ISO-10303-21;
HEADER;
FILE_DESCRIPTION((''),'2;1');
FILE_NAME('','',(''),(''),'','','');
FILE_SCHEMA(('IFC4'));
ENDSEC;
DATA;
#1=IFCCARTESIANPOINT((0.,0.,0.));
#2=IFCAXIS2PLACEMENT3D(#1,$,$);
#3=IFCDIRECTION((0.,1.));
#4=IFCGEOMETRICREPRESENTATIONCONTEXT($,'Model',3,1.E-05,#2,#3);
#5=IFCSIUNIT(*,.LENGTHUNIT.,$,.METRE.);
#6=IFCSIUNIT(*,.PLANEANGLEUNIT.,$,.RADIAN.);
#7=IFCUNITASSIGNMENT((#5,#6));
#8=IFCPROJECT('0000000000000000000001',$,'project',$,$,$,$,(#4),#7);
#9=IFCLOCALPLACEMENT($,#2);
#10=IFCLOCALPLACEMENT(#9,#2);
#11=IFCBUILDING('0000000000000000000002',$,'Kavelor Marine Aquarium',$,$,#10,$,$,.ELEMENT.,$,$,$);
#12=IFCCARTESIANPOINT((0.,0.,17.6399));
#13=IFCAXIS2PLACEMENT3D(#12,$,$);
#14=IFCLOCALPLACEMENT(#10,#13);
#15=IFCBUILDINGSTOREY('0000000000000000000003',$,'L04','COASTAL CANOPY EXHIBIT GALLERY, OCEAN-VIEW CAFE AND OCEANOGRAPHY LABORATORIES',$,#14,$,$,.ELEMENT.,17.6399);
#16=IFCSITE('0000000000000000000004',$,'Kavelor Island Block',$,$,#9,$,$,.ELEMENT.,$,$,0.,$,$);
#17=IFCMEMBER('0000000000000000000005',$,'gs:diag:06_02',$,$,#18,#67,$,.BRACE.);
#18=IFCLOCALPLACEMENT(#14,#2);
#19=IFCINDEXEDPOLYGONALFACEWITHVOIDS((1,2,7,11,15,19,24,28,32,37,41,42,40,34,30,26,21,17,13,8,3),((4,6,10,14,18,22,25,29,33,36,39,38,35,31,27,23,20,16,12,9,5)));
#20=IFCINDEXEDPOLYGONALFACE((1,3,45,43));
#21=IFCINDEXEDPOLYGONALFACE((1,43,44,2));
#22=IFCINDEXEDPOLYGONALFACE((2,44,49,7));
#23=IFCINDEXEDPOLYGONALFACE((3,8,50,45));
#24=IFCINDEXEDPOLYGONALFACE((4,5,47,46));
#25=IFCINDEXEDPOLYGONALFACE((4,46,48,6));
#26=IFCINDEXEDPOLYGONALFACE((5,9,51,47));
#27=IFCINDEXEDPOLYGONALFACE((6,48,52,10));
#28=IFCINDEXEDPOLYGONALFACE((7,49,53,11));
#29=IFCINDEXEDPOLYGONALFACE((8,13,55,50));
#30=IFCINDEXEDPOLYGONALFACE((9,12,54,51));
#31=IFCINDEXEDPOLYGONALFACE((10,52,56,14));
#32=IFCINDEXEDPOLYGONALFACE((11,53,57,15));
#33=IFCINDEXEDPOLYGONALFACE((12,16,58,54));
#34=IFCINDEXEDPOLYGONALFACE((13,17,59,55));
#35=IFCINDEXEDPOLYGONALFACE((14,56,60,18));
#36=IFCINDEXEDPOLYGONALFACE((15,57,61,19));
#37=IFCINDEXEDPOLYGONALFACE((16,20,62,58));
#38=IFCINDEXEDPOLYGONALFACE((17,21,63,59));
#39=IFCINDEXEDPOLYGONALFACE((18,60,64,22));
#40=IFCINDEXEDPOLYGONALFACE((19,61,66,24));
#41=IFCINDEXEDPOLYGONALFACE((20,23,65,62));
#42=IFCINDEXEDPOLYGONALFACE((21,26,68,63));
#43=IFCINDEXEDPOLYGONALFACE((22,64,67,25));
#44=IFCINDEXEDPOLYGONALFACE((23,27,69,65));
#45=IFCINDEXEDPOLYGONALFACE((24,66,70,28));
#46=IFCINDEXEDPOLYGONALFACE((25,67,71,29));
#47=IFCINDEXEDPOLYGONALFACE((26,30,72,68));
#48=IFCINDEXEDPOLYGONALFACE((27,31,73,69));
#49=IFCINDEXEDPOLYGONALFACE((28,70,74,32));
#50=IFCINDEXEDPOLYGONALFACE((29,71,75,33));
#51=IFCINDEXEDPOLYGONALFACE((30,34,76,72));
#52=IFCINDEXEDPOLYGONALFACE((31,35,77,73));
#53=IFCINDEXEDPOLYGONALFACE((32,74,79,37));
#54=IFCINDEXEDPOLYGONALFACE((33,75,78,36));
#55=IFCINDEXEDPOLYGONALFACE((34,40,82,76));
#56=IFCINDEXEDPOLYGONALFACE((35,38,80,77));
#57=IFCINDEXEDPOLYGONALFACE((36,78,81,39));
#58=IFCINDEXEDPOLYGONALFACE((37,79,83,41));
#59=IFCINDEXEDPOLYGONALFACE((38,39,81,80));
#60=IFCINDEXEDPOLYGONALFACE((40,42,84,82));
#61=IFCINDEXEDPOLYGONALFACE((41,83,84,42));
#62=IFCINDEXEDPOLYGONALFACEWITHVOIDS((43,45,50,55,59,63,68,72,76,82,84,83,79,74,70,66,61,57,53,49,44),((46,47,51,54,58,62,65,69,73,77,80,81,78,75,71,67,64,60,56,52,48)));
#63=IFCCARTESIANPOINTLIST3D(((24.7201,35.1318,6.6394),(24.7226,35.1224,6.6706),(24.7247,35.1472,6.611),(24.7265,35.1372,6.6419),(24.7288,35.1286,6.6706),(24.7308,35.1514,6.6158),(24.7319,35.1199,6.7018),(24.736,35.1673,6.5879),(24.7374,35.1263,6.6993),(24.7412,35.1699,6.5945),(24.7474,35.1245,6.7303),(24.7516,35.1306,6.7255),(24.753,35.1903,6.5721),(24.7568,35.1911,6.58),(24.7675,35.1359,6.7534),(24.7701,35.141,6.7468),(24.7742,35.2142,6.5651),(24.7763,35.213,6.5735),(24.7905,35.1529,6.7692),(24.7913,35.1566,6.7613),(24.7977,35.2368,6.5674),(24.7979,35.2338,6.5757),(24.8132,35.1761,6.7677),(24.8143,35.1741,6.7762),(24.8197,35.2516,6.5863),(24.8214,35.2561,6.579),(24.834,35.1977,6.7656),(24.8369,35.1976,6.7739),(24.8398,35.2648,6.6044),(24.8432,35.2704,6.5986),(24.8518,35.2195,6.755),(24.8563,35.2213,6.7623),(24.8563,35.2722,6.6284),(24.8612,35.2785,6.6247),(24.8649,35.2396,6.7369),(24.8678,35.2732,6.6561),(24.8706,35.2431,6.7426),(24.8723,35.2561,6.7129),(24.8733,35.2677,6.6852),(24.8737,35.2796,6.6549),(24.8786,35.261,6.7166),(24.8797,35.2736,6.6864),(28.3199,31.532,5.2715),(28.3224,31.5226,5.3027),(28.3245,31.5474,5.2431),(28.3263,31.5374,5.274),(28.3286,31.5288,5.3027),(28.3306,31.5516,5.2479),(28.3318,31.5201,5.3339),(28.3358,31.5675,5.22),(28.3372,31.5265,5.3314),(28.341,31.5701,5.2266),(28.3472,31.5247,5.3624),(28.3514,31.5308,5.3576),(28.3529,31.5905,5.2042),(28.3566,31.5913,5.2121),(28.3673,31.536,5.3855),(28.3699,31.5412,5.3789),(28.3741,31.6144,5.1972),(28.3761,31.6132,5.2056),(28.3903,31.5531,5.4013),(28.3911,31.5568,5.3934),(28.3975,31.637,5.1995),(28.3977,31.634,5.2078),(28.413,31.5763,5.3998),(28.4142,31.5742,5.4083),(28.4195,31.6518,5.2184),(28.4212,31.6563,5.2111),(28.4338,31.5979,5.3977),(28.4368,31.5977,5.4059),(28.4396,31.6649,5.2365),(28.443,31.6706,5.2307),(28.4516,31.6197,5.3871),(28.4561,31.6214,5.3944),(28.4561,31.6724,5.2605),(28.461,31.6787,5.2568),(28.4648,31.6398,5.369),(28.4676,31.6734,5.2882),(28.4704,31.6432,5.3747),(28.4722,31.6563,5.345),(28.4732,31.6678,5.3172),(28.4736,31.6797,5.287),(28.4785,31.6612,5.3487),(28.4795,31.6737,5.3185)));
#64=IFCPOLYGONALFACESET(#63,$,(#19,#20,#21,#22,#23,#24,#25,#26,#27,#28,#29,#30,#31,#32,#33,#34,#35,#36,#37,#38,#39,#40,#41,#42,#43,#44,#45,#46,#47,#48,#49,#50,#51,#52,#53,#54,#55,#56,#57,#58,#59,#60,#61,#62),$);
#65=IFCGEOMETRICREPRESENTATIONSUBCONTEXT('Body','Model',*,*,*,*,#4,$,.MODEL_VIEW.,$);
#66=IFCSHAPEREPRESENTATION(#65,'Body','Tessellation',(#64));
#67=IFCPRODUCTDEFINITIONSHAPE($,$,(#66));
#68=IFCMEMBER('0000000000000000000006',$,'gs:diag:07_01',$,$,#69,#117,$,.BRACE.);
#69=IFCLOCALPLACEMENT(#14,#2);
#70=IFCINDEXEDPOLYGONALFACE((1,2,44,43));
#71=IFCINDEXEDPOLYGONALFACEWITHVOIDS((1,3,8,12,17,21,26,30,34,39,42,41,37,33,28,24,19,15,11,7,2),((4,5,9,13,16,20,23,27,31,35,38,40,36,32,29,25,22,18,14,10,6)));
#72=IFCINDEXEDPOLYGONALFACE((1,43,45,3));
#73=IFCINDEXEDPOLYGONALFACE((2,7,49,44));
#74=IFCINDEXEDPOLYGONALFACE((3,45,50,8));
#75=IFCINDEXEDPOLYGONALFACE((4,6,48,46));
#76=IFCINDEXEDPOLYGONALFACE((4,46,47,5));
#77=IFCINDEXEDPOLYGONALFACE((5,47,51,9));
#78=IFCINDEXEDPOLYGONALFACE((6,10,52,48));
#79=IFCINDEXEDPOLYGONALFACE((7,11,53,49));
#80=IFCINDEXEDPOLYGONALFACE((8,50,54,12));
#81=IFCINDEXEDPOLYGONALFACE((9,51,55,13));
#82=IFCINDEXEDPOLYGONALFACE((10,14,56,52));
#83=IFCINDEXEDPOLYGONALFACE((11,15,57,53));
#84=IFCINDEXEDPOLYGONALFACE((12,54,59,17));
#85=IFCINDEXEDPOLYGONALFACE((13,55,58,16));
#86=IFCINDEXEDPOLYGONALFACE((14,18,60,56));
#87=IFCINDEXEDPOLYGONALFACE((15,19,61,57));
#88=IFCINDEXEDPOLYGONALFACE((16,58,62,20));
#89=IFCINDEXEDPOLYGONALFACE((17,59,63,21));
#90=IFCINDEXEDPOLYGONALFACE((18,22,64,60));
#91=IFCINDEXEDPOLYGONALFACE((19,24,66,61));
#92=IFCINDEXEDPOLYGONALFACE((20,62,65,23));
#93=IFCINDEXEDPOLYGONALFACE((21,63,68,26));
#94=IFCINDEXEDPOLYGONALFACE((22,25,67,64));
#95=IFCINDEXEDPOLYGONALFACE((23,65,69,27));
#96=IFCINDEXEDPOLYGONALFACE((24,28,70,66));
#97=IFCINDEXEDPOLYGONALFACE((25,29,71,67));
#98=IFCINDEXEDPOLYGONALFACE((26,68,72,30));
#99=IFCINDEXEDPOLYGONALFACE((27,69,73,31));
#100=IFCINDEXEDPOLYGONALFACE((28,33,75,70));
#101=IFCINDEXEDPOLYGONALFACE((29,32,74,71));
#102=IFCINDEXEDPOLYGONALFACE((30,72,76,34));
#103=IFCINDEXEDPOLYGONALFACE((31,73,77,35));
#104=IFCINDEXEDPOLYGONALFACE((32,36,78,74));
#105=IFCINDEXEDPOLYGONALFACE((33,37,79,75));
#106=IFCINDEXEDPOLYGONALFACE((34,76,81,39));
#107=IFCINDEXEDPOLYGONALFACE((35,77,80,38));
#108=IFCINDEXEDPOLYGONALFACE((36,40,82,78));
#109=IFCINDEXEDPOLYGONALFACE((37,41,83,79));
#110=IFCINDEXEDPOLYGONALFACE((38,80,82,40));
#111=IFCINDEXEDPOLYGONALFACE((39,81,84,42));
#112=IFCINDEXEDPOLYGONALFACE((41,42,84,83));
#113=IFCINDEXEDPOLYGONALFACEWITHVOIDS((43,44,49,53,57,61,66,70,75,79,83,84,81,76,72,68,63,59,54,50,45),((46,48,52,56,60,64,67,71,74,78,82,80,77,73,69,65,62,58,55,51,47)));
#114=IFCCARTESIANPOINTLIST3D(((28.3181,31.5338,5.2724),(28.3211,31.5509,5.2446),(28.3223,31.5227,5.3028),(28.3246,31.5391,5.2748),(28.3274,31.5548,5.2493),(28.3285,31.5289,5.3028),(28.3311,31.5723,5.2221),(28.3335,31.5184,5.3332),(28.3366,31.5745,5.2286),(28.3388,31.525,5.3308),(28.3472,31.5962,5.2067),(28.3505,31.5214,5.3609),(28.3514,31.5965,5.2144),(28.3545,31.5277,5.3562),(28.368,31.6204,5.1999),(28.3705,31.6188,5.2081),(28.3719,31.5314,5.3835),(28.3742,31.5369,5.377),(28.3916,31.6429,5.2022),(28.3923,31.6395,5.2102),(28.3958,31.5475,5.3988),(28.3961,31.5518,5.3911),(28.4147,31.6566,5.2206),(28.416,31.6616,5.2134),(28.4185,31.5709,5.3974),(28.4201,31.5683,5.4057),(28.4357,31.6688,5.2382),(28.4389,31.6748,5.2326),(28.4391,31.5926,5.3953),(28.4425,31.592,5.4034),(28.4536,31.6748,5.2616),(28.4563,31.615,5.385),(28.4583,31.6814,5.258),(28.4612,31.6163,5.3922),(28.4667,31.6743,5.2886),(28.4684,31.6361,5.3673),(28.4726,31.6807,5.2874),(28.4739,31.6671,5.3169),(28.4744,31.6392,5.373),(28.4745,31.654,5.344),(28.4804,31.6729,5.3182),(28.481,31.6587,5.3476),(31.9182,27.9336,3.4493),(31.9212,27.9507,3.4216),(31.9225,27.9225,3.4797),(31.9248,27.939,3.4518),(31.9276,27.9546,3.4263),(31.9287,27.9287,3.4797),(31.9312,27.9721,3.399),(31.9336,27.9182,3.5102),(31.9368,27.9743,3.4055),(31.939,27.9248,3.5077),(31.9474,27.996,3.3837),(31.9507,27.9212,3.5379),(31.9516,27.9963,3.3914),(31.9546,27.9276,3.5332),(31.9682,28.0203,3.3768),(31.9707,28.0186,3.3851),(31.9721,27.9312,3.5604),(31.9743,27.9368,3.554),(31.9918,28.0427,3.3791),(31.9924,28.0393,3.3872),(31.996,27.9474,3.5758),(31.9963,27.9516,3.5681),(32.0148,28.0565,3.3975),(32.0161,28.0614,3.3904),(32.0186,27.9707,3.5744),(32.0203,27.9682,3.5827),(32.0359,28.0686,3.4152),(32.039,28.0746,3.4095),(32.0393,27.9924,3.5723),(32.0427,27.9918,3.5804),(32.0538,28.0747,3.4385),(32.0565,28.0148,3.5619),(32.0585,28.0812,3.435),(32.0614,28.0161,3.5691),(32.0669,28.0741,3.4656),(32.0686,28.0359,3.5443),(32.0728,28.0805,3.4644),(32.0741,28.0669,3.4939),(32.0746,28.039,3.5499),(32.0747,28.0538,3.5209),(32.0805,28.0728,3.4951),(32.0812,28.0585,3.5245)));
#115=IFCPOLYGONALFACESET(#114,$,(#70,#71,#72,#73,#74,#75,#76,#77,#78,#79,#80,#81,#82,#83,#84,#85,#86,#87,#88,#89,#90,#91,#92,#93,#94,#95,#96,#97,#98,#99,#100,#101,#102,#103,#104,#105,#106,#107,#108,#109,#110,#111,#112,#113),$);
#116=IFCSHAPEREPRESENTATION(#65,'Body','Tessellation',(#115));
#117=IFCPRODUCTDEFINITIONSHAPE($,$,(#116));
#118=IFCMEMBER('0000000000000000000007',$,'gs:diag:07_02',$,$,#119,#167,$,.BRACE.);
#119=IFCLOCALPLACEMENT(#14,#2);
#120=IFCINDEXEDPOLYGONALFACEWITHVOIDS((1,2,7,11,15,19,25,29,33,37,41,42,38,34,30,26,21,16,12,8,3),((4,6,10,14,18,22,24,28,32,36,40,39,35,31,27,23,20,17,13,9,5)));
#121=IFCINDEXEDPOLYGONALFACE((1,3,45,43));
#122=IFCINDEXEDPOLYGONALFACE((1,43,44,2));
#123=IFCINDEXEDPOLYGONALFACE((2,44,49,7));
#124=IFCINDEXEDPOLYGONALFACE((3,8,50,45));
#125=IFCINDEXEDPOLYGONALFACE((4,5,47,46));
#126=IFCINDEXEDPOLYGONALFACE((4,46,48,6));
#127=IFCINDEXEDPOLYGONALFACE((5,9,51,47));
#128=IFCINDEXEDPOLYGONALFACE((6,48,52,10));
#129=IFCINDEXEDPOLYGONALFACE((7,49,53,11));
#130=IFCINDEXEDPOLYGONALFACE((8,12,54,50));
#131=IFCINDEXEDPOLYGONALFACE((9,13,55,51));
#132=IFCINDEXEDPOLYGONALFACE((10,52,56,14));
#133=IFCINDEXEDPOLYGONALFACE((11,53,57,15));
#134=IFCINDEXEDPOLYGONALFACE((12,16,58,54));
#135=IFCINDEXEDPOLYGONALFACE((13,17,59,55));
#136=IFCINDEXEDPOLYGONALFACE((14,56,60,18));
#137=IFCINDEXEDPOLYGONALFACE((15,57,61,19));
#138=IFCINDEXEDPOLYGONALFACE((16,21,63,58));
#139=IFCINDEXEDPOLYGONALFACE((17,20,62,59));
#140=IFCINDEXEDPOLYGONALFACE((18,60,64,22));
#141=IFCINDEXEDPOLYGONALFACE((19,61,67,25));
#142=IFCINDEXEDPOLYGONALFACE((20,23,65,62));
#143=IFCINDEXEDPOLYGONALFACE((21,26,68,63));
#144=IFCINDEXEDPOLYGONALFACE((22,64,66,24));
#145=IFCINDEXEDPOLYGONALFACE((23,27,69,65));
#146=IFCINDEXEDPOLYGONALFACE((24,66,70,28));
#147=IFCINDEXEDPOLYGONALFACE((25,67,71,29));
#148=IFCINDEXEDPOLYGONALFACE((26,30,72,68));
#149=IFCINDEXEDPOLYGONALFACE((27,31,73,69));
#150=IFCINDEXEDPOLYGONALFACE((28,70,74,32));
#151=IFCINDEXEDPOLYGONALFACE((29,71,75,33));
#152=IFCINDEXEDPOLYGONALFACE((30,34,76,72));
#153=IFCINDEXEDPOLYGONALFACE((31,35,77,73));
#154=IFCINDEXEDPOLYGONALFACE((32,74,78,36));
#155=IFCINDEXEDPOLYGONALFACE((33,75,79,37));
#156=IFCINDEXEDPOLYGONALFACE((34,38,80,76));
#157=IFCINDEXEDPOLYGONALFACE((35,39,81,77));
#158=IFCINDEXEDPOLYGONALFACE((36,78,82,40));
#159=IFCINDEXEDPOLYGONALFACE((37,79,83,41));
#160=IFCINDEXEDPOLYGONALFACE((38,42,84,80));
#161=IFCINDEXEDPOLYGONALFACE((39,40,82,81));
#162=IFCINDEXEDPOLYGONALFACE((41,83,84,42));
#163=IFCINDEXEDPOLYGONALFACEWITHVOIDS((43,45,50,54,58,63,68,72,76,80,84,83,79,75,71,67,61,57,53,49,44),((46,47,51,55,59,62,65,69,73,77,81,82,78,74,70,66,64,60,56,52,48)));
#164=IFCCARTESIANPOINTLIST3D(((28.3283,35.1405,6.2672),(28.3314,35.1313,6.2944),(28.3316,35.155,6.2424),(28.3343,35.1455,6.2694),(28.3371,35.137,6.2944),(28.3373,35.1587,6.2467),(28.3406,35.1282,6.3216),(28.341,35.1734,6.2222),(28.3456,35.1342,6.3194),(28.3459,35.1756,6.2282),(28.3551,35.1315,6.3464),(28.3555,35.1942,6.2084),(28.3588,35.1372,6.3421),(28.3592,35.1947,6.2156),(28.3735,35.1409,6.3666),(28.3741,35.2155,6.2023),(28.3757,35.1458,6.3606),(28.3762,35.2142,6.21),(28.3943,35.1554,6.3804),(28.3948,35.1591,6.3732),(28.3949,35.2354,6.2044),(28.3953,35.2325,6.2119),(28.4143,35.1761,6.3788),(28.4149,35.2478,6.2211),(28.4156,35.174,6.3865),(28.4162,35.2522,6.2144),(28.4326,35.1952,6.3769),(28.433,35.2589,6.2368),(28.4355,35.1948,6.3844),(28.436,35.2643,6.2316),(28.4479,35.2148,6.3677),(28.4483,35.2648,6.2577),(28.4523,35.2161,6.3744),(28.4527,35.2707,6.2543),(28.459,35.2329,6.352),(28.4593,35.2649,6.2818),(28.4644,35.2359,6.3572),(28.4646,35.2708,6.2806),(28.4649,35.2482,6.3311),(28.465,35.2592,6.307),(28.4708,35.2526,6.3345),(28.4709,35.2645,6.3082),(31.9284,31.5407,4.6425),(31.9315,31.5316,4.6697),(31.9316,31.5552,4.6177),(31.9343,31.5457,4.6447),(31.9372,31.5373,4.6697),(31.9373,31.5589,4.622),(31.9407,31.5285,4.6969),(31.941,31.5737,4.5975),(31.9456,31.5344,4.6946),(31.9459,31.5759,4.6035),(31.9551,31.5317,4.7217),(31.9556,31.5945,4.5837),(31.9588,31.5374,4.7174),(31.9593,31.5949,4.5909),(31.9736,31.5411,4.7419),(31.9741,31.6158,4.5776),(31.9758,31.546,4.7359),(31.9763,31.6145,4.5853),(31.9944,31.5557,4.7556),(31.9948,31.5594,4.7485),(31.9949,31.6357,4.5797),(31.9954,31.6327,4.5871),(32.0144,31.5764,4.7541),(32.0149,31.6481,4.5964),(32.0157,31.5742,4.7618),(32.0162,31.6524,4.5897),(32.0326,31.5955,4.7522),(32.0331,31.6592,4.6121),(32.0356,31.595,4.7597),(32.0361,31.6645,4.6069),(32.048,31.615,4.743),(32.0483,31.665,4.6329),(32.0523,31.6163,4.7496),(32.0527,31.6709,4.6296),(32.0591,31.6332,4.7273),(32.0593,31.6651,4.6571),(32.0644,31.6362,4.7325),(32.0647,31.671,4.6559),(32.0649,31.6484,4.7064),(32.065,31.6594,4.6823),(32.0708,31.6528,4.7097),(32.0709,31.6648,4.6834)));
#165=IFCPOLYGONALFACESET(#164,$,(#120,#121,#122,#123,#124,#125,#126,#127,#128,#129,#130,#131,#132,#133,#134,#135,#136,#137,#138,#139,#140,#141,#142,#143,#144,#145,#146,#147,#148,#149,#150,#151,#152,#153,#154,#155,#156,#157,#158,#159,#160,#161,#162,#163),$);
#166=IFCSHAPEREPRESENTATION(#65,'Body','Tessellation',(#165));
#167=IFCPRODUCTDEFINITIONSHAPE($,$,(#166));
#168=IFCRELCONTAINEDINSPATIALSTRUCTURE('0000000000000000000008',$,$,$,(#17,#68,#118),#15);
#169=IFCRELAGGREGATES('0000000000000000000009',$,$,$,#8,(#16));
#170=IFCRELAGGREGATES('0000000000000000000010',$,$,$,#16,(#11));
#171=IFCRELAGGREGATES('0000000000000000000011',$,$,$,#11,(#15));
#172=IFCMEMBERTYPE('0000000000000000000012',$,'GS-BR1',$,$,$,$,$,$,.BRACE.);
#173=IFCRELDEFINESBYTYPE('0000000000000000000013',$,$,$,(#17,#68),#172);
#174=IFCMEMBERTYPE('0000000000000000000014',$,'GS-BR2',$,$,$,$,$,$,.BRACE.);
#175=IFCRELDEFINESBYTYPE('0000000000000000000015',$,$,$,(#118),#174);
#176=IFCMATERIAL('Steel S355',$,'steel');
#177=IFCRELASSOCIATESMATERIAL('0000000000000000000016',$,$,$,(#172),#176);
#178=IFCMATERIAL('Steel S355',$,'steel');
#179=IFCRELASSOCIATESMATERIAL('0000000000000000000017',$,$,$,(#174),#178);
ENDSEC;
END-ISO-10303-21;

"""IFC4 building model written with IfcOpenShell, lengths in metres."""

from ifc_helpers import new_model, si_unit, direction, frame, origin, origin_2d, place, context, subcontext, project, spatial, hollow_circle, extrude, material, material_profile, profile_set, type_object, element, save


model = new_model("IFC4")

# Units and contexts
model_context = context("Model", 3, precision=1e-05, world=origin(), true_north=direction((0.0, 1.0)))
body_context = subcontext(model_context, "Body", "Model", "MODEL_VIEW")
ifc_project = project(units=[si_unit("LENGTHUNIT", "METRE"), si_unit("PLANEANGLEUNIT", "RADIAN")], contexts=[model_context])

# Site, building, storey
site_placement = place(None, origin())
site = spatial("IfcSite", under=ifc_project, at=site_placement, Name="Kavelor Island Block", CompositionType="ELEMENT", RefElevation=0.0)
building_placement = place(site_placement, origin())
building = spatial("IfcBuilding", under=site, at=building_placement, Name="Kavelor Marine Aquarium", CompositionType="ELEMENT")
storey_placement = place(building_placement, frame((0.0, 0.0, 17.6399)))
storey = spatial("IfcBuildingStorey", under=building, at=storey_placement, Name="L04", Description="COASTAL CANOPY EXHIBIT GALLERY, OCEAN-VIEW CAFE AND OCEANOGRAPHY LABORATORIES", CompositionType="ELEMENT", Elevation=17.6399)

# Members
ifc_material_1 = material(Name="Steel S355", Category="steel")
ifc_material_profile_1 = material_profile(ifc_material_1, hollow_circle(Radius=0.1096, WallThickness=0.0088, at=origin_2d()), Name="CHS 219.1x8.8")
ifc_profile_set_1 = profile_set([ifc_material_profile_1], Name="Steel S355")
member_type_1 = type_object("IfcMemberType", Name="GS-BR1", PredefinedType="BRACE", material=ifc_profile_set_1)
member_1_placement = place(storey_placement, frame((28.3999, 31.6001, 5.3027), z_axis=(-0.682885, 0.682885, 0.259492), x_axis=(-0.707107, -0.707107, 0.0)))
element("IfcMember", 1, at=member_1_placement, inside=storey, type_object=member_type_1, Name="gs:diag:06_02", PredefinedType="BRACE", context=body_context, shape_type="SweptSolid", body=[
    extrude(hollow_circle(Radius=0.1096, WallThickness=0.0088, at=origin_2d()), origin(), (0.0, 0.0, 1.0), 5.2715),
])
member_2_placement = place(storey_placement, frame((32.0, 28.0, 3.4797), z_axis=(-0.665718, 0.665718, 0.337103), x_axis=(-0.707107, -0.707107, 0.0)))
element("IfcMember", 2, at=member_2_placement, inside=storey, type_object=member_type_1, Name="gs:diag:07_01", PredefinedType="BRACE", context=body_context, shape_type="SweptSolid", body=[
    extrude(hollow_circle(Radius=0.1096, WallThickness=0.0088, at=origin_2d()), origin(), (0.0, 0.0, 1.0), 5.408),
])
ifc_material_2 = material(Name="Steel S355", Category="steel")
ifc_material_profile_2 = material_profile(ifc_material_2, hollow_circle(Radius=0.0969, WallThickness=0.0081, at=origin_2d()), Name="CHS 193.7x8.0")
ifc_profile_set_2 = profile_set([ifc_material_profile_2], Name="Steel S355")
member_type_2 = type_object("IfcMemberType", Name="GS-BR2", PredefinedType="BRACE", material=ifc_profile_set_2)
member_3_placement = place(storey_placement, frame((32.0, 31.6001, 4.6697), z_axis=(-0.673657, 0.673612, 0.304028), x_axis=(-0.707083, -0.707131, 0.0)))
element("IfcMember", 3, at=member_3_placement, inside=storey, type_object=member_type_2, Name="gs:diag:07_02", PredefinedType="BRACE", context=body_context, shape_type="SweptSolid", body=[
    extrude(hollow_circle(Radius=0.0969, WallThickness=0.0081, at=origin_2d()), origin(), (0.0, 0.0, 1.0), 5.344),
])

save(model, "model.ifc")
